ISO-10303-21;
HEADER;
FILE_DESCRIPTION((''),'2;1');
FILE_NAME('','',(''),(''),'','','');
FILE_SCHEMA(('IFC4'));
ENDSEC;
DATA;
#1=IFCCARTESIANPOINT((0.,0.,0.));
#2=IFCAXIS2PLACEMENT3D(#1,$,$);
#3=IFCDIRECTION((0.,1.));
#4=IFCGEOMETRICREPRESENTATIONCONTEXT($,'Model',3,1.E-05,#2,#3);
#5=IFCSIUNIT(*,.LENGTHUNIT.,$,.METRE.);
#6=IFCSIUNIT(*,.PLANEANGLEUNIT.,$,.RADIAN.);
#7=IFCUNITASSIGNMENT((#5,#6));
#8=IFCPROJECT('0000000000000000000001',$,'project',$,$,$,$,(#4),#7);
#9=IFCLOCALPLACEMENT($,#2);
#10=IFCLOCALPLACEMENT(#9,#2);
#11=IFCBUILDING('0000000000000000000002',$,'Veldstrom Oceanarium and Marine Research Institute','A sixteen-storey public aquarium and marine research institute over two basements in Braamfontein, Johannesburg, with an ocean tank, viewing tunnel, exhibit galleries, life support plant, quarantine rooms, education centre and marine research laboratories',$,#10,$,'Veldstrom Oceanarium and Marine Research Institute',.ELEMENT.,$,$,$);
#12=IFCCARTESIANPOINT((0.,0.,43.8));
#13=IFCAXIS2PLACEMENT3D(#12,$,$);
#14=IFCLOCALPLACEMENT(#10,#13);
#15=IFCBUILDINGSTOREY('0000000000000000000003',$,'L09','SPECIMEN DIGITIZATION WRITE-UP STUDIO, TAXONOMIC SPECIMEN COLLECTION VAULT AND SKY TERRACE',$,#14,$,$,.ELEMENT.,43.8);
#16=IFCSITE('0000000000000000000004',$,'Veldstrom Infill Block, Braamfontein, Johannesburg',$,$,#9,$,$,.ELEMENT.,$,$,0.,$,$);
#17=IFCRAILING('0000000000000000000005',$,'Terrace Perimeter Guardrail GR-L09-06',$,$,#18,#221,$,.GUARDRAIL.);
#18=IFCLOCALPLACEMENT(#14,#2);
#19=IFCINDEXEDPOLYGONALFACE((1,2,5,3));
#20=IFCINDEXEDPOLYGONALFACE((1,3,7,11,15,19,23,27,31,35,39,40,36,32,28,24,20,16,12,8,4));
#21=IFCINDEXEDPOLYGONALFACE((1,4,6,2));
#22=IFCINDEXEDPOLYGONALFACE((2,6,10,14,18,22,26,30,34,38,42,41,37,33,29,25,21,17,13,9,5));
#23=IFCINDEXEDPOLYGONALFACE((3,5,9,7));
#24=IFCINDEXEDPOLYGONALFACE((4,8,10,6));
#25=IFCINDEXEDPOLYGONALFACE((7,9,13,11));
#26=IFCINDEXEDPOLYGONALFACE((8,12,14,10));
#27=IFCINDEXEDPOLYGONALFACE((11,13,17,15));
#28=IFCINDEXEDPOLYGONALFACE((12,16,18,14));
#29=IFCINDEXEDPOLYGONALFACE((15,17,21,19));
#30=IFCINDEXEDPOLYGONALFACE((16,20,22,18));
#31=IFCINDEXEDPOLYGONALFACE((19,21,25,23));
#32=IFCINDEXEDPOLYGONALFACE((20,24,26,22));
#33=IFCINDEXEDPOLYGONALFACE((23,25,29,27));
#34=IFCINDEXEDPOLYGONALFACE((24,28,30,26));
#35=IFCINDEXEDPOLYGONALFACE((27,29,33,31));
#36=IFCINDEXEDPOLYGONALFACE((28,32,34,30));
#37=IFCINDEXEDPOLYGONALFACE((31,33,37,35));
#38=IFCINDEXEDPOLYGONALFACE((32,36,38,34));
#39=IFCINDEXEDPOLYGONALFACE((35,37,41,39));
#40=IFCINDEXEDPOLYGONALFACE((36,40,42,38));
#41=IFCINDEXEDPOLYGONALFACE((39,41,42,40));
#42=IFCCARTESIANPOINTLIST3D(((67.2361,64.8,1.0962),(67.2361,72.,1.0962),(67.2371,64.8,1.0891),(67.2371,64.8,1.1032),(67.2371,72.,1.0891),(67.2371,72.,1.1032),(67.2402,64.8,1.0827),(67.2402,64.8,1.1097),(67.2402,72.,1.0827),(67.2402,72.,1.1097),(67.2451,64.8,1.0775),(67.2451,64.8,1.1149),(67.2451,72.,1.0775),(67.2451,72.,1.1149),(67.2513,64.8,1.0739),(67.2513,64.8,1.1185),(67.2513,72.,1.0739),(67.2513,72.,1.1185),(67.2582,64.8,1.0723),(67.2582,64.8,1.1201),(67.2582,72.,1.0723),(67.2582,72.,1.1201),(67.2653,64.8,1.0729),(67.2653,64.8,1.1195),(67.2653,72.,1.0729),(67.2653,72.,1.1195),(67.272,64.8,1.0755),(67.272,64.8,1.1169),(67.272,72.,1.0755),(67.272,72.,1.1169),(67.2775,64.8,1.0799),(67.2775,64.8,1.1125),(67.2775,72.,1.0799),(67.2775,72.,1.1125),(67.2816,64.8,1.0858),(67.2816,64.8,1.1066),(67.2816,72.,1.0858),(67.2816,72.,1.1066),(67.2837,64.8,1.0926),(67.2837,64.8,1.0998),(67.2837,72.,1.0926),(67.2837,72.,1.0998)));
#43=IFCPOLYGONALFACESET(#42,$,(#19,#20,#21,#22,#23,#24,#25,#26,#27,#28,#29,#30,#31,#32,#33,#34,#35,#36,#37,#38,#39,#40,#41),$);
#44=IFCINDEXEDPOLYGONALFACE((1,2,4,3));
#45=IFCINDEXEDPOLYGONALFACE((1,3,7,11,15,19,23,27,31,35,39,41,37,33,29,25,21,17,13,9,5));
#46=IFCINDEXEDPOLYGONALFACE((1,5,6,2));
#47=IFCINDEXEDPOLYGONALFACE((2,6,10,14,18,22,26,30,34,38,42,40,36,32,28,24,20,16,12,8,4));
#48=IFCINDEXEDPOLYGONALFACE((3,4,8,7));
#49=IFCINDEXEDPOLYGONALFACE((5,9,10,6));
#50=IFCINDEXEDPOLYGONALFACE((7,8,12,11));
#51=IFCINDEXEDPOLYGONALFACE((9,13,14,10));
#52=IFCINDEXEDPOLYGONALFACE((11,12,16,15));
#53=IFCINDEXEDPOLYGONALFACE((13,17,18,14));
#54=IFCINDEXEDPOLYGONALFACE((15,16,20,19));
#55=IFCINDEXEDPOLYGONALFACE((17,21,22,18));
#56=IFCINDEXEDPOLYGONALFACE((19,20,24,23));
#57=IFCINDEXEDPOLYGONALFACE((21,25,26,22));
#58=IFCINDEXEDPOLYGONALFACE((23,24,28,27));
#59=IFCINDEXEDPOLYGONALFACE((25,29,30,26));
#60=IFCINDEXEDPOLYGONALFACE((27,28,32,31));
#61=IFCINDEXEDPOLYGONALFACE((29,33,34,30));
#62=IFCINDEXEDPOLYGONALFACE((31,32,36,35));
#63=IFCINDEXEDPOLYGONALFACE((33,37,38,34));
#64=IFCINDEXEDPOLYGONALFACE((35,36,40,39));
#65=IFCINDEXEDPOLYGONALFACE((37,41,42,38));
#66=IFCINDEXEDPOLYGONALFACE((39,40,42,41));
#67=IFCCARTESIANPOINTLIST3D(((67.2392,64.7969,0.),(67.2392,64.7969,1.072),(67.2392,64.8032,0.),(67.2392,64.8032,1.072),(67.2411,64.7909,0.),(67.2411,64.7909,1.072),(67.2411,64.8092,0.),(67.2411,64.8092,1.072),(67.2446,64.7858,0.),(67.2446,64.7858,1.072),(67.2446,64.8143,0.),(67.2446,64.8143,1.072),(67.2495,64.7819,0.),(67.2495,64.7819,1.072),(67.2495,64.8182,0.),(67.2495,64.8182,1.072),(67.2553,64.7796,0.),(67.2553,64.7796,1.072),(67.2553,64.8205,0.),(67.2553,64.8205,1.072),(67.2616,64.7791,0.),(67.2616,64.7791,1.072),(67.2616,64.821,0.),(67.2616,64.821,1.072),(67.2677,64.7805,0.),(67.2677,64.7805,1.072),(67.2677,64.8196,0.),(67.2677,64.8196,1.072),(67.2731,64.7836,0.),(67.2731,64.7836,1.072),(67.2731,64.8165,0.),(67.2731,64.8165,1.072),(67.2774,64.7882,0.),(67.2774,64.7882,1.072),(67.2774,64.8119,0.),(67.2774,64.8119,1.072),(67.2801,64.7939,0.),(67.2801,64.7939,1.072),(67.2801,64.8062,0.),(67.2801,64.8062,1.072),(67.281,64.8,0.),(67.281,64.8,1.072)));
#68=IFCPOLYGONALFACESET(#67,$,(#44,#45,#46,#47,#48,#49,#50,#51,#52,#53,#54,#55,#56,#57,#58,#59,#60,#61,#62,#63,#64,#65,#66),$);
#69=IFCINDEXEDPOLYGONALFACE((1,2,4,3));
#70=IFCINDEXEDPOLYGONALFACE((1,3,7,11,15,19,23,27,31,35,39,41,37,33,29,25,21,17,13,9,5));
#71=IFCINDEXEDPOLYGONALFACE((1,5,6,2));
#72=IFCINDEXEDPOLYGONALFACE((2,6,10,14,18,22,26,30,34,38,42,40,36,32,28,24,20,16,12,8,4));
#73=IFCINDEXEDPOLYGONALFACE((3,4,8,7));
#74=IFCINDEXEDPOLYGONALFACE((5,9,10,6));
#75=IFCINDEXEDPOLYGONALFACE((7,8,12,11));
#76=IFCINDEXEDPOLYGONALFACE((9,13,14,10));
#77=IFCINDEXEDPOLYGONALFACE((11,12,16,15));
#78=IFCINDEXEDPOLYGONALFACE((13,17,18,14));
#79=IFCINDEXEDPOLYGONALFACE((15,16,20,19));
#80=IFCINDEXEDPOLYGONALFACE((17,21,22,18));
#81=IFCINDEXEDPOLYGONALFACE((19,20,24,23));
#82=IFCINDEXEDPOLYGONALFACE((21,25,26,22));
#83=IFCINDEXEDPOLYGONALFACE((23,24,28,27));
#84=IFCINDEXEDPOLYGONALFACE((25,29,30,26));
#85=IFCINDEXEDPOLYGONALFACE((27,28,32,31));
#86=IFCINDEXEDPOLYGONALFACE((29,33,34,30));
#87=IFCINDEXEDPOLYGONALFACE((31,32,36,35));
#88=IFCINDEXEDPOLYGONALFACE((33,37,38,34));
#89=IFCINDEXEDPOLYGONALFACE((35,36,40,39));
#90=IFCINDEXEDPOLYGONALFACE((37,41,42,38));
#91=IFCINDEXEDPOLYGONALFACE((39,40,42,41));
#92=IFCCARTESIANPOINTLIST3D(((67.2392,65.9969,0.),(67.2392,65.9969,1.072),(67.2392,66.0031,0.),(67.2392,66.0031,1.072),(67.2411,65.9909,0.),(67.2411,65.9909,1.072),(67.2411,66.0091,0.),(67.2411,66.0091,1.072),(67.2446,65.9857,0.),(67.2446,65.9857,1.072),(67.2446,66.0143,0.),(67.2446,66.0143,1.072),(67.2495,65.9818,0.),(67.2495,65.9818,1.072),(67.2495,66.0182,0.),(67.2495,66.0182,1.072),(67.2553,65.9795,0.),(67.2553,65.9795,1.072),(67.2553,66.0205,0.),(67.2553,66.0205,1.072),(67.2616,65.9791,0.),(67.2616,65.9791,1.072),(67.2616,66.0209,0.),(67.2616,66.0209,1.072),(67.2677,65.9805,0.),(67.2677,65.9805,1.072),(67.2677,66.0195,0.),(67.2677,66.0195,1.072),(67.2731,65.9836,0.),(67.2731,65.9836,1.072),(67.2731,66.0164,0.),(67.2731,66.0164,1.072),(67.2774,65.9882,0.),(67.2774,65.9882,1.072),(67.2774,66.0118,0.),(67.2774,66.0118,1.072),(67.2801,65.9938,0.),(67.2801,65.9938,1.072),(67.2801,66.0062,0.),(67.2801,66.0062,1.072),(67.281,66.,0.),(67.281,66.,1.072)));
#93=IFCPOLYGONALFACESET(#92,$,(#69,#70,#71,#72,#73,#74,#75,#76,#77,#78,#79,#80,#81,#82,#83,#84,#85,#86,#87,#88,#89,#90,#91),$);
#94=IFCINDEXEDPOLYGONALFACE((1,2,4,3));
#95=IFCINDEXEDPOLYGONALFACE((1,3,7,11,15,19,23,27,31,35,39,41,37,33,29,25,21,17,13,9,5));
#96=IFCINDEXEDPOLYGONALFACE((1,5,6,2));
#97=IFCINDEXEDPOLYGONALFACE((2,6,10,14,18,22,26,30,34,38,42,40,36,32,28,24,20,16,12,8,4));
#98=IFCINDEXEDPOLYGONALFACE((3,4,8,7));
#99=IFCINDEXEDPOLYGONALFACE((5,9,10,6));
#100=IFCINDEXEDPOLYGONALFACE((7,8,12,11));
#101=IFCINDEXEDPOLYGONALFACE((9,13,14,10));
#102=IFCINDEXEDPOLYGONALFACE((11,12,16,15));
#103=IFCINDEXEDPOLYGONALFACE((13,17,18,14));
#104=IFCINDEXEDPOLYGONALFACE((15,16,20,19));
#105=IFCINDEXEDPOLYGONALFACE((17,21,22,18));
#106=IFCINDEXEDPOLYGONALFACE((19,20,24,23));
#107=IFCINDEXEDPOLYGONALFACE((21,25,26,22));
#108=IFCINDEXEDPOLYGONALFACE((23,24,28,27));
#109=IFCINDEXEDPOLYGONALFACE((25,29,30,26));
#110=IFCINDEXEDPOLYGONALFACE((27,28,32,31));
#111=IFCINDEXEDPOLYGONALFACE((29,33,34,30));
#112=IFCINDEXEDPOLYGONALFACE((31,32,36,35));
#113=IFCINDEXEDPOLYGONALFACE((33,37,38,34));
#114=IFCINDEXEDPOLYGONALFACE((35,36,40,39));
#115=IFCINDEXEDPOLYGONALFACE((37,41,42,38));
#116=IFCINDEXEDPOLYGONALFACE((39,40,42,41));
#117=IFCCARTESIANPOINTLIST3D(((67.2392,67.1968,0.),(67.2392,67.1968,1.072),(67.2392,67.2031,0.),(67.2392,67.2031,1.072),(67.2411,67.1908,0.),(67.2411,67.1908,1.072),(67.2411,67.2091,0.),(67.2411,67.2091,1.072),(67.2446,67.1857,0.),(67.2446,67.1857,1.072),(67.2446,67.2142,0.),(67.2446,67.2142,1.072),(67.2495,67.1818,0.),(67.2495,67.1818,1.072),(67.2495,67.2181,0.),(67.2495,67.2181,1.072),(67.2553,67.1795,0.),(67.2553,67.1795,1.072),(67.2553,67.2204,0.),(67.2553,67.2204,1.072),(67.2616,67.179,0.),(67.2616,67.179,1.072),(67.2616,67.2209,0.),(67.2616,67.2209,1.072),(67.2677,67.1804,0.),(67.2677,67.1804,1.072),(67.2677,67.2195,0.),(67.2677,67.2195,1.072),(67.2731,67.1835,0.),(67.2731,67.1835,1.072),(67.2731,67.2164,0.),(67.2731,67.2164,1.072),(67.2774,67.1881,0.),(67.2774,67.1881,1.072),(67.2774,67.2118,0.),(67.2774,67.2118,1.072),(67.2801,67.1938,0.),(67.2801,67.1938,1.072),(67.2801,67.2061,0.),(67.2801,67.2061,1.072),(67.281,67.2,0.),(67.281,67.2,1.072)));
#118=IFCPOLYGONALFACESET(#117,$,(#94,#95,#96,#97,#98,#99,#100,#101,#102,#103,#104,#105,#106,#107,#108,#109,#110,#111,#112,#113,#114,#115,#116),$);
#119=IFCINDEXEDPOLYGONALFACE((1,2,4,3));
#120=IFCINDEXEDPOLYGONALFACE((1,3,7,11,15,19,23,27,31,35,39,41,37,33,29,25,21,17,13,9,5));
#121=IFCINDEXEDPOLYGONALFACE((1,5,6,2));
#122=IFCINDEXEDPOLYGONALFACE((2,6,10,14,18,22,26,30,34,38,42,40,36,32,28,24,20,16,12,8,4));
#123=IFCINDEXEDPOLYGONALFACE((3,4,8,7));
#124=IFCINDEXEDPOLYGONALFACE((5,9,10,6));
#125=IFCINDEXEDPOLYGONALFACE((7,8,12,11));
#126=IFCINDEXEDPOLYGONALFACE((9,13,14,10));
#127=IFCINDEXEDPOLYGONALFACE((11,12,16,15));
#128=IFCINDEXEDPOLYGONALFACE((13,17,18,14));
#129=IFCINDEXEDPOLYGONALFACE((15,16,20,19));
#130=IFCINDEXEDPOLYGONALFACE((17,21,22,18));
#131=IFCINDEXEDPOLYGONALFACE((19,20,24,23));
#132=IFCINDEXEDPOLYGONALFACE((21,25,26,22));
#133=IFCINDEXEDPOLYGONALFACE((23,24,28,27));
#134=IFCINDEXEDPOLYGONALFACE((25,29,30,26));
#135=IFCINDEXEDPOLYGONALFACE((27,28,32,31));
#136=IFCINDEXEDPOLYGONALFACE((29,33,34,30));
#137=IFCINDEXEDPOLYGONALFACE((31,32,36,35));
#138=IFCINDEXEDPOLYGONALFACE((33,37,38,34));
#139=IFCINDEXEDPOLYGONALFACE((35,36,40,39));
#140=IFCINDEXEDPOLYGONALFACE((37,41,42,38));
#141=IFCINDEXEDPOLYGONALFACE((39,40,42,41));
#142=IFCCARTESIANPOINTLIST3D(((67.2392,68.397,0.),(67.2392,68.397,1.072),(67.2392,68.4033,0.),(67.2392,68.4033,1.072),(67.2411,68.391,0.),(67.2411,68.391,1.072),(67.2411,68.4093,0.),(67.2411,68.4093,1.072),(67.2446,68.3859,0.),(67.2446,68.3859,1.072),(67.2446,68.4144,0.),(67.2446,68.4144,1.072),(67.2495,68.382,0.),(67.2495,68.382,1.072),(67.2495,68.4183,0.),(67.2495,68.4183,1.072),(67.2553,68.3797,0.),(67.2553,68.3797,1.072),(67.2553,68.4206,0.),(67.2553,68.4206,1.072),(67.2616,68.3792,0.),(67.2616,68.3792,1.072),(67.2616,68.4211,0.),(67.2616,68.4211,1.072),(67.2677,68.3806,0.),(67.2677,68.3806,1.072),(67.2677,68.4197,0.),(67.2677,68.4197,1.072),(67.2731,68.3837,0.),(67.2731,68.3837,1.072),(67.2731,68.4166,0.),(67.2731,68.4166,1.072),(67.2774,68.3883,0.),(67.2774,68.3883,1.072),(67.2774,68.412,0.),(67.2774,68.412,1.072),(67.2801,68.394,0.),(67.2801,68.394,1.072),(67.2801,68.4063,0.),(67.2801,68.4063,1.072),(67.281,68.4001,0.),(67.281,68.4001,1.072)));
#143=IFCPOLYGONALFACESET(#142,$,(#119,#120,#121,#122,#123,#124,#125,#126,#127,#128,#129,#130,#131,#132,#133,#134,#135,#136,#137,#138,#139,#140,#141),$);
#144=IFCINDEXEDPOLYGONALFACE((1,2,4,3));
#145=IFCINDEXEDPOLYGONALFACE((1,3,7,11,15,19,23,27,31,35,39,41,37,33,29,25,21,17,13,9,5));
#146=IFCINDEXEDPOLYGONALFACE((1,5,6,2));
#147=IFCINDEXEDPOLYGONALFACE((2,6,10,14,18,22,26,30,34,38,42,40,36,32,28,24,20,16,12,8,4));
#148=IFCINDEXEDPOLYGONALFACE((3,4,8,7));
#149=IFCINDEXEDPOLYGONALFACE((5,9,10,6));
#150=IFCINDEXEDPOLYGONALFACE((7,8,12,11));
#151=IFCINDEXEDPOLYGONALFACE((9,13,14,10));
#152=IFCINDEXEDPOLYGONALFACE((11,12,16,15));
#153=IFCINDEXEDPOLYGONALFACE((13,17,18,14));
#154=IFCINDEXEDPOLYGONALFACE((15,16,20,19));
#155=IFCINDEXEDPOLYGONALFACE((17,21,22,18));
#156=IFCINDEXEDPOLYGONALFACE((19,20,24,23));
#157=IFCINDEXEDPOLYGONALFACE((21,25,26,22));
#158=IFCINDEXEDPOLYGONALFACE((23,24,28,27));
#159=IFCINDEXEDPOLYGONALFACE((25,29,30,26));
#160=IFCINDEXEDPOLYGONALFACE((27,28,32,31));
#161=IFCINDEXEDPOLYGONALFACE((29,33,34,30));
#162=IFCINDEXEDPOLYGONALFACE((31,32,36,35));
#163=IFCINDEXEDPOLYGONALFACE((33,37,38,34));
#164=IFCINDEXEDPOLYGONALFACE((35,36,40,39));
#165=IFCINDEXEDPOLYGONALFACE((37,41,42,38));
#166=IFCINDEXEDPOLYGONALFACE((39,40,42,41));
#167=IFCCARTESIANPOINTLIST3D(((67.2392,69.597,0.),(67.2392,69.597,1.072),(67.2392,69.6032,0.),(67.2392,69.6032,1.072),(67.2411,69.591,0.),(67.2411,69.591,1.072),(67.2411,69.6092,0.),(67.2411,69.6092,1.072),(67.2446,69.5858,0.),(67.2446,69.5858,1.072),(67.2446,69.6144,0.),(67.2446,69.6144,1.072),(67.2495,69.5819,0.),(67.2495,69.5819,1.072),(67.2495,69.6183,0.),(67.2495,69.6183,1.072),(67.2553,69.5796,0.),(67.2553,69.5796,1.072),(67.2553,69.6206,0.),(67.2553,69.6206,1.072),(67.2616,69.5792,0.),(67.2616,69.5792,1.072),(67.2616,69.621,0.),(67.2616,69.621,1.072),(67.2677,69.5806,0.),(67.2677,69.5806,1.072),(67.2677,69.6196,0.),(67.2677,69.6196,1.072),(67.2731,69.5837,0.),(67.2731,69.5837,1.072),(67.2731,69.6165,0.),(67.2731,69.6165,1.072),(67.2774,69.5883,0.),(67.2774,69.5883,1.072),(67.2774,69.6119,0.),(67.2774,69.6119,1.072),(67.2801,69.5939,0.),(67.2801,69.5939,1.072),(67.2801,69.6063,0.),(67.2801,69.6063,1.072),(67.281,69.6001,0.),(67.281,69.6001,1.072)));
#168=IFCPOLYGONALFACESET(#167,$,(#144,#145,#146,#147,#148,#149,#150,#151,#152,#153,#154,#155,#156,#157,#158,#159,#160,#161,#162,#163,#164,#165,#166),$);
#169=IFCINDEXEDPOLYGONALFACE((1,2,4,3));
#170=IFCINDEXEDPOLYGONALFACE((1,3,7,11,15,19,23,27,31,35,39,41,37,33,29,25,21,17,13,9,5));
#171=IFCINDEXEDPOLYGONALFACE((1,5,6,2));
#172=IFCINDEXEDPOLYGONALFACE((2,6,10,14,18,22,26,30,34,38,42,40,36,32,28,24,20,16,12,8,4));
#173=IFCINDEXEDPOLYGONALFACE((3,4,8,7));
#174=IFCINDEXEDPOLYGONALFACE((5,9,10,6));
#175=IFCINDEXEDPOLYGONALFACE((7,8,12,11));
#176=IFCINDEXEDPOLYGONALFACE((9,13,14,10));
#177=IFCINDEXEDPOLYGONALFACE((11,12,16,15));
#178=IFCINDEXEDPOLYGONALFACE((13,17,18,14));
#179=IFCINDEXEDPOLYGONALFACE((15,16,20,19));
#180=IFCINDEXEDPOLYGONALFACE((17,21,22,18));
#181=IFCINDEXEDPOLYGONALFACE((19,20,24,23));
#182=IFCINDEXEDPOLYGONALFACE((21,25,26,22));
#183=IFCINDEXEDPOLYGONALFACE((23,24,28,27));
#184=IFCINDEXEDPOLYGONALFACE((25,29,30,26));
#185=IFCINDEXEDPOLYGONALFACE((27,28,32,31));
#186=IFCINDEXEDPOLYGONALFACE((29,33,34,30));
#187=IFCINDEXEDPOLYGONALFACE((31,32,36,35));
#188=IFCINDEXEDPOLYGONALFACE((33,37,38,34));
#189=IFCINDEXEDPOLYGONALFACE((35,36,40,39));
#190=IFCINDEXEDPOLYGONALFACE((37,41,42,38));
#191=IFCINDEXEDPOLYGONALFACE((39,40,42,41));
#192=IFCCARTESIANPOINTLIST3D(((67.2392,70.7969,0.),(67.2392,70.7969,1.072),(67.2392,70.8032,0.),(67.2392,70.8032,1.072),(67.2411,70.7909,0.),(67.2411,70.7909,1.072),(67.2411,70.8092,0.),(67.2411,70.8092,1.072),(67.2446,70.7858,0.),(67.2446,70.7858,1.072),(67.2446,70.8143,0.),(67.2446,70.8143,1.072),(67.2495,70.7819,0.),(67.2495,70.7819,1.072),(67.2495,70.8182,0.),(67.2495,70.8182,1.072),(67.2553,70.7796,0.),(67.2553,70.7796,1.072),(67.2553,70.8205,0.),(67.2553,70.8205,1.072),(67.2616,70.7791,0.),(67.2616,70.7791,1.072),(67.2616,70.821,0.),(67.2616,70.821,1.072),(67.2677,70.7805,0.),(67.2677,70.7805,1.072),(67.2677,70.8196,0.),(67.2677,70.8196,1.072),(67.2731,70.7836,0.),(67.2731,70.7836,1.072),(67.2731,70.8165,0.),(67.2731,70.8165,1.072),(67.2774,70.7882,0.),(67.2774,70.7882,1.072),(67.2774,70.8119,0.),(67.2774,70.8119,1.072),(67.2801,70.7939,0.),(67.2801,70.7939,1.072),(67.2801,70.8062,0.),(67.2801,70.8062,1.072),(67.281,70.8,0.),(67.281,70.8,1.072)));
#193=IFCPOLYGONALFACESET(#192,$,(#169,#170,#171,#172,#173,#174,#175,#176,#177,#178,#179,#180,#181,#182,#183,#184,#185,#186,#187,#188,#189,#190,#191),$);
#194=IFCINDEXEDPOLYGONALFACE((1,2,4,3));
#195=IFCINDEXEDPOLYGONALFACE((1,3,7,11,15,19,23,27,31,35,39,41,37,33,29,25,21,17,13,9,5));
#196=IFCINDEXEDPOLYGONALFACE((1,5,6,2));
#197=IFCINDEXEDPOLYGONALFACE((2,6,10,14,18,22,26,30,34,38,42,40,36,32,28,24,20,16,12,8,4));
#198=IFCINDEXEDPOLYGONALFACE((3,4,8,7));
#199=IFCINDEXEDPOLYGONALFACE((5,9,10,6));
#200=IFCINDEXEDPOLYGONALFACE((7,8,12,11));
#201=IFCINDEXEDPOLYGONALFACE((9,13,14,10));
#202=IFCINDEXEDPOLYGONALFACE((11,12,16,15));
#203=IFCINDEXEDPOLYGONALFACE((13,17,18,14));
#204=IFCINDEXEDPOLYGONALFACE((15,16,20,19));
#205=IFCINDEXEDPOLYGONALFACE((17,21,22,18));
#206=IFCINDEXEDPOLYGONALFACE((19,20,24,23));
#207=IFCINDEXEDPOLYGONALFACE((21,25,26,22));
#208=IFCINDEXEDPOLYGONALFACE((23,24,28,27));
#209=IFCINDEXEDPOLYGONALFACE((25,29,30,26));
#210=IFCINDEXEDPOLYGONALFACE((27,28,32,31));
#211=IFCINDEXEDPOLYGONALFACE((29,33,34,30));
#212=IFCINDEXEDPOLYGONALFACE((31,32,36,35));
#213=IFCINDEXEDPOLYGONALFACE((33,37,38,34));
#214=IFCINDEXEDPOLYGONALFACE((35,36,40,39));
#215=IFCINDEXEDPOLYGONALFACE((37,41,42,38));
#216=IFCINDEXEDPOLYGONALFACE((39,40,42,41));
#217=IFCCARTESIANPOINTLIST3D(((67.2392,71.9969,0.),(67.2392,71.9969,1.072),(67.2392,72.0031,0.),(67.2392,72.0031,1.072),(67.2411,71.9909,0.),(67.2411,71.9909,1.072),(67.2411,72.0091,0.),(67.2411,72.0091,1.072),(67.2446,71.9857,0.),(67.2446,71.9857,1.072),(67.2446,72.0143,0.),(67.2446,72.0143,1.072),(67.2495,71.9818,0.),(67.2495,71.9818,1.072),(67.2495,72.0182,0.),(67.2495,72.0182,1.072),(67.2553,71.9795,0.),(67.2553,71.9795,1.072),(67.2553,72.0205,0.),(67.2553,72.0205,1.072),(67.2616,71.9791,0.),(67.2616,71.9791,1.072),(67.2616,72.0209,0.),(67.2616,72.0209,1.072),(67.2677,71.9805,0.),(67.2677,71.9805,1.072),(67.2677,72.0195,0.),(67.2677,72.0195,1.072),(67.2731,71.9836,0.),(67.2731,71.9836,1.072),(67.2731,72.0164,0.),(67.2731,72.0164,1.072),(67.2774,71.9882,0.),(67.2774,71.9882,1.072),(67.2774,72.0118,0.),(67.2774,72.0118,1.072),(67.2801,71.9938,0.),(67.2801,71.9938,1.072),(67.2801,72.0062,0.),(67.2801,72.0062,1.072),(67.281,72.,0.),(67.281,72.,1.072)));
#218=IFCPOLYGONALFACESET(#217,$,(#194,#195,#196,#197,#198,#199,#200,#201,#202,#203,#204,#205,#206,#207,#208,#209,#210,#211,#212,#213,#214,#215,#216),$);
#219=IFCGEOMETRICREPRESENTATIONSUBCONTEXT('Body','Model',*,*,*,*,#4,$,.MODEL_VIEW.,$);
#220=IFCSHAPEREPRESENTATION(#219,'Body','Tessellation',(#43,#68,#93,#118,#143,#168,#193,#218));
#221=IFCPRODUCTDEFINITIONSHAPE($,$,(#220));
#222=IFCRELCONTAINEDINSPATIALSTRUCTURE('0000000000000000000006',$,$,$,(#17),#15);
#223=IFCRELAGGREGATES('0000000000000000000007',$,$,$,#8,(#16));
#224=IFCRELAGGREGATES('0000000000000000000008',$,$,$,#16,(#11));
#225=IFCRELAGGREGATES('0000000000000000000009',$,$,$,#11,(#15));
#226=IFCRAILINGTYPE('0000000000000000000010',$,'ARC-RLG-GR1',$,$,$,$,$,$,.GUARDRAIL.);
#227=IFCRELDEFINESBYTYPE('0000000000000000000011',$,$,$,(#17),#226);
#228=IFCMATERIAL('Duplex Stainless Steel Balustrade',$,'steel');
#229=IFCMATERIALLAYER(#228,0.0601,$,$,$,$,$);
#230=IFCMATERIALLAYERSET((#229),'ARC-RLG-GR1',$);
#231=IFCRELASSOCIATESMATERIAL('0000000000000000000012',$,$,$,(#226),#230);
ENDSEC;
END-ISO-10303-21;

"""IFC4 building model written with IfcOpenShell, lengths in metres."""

from ifc_helpers import new_model, si_unit, direction, frame, origin, origin_2d, place, context, subcontext, project, spatial, circle, extrude, material, layer, layer_set, type_object, element, save


model = new_model("IFC4")

# Units and contexts
model_context = context("Model", 3, precision=1e-05, world=origin(), true_north=direction((0.0, 1.0)))
body_context = subcontext(model_context, "Body", "Model", "MODEL_VIEW")
ifc_project = project(units=[si_unit("LENGTHUNIT", "METRE"), si_unit("PLANEANGLEUNIT", "RADIAN")], contexts=[model_context])

# Site, building, storey
site_placement = place(None, origin())
site = spatial("IfcSite", under=ifc_project, at=site_placement, Name="Veldstrom Infill Block, Braamfontein, Johannesburg", CompositionType="ELEMENT", RefElevation=0.0)
building_placement = place(site_placement, origin())
building = spatial("IfcBuilding", under=site, at=building_placement, Name="Veldstrom Oceanarium and Marine Research Institute", Description="A sixteen-storey public aquarium and marine research institute over two basements in Braamfontein, Johannesburg, with an ocean tank, viewing tunnel, exhibit galleries, life support plant, quarantine rooms, education centre and marine research laboratories", LongName="Veldstrom Oceanarium and Marine Research Institute", CompositionType="ELEMENT")
storey_placement = place(building_placement, frame((0.0, 0.0, 43.8)))
storey = spatial("IfcBuildingStorey", under=building, at=storey_placement, Name="L09", Description="SPECIMEN DIGITIZATION WRITE-UP STUDIO, TAXONOMIC SPECIMEN COLLECTION VAULT AND SKY TERRACE", CompositionType="ELEMENT", Elevation=43.8)

# Railing
ifc_material_1 = material(Name="Duplex Stainless Steel Balustrade", Category="steel")
ifc_layer_1 = layer(ifc_material_1, 0.0601)
ifc_layer_set_1 = layer_set([ifc_layer_1], Name="ARC-RLG-GR1")
railing_type = type_object("IfcRailingType", Name="ARC-RLG-GR1", PredefinedType="GUARDRAIL", material=ifc_layer_set_1)
railing_1_placement = place(storey_placement, frame((67.26, 64.8, 0.0)))
element("IfcRailing", 1, at=railing_1_placement, inside=storey, type_object=railing_type, Name="Terrace Perimeter Guardrail GR-L09-06", PredefinedType="GUARDRAIL", context=body_context, shape_type="SweptSolid", body=[
    extrude(circle(Radius=0.0239, at=origin_2d()), frame((0.0, 0.0, 1.0962), z_axis=(0.0, 1.0, 0.0), x_axis=(-1.0, 0.0, 0.0)), (0.0, 0.0, 1.0), 7.2),
    extrude(circle(Radius=0.021, at=origin_2d()), origin(), (0.0, 0.0, 1.0), 1.072),
    extrude(circle(Radius=0.021, at=origin_2d()), frame((0.0, 1.2, 0.0)), (0.0, 0.0, 1.0), 1.072),
    extrude(circle(Radius=0.021, at=origin_2d()), frame((0.0, 2.3999, 0.0)), (0.0, 0.0, 1.0), 1.072),
    extrude(circle(Radius=0.021, at=origin_2d()), frame((0.0, 3.6001, 0.0)), (0.0, 0.0, 1.0), 1.072),
    extrude(circle(Radius=0.021, at=origin_2d()), frame((0.0, 4.8, 0.0)), (0.0, 0.0, 1.0), 1.072),
    extrude(circle(Radius=0.021, at=origin_2d()), frame((0.0, 6.0, 0.0)), (0.0, 0.0, 1.0), 1.072),
    extrude(circle(Radius=0.021, at=origin_2d()), frame((0.0, 7.2, 0.0)), (0.0, 0.0, 1.0), 1.072),
])

save(model, "model.ifc")
